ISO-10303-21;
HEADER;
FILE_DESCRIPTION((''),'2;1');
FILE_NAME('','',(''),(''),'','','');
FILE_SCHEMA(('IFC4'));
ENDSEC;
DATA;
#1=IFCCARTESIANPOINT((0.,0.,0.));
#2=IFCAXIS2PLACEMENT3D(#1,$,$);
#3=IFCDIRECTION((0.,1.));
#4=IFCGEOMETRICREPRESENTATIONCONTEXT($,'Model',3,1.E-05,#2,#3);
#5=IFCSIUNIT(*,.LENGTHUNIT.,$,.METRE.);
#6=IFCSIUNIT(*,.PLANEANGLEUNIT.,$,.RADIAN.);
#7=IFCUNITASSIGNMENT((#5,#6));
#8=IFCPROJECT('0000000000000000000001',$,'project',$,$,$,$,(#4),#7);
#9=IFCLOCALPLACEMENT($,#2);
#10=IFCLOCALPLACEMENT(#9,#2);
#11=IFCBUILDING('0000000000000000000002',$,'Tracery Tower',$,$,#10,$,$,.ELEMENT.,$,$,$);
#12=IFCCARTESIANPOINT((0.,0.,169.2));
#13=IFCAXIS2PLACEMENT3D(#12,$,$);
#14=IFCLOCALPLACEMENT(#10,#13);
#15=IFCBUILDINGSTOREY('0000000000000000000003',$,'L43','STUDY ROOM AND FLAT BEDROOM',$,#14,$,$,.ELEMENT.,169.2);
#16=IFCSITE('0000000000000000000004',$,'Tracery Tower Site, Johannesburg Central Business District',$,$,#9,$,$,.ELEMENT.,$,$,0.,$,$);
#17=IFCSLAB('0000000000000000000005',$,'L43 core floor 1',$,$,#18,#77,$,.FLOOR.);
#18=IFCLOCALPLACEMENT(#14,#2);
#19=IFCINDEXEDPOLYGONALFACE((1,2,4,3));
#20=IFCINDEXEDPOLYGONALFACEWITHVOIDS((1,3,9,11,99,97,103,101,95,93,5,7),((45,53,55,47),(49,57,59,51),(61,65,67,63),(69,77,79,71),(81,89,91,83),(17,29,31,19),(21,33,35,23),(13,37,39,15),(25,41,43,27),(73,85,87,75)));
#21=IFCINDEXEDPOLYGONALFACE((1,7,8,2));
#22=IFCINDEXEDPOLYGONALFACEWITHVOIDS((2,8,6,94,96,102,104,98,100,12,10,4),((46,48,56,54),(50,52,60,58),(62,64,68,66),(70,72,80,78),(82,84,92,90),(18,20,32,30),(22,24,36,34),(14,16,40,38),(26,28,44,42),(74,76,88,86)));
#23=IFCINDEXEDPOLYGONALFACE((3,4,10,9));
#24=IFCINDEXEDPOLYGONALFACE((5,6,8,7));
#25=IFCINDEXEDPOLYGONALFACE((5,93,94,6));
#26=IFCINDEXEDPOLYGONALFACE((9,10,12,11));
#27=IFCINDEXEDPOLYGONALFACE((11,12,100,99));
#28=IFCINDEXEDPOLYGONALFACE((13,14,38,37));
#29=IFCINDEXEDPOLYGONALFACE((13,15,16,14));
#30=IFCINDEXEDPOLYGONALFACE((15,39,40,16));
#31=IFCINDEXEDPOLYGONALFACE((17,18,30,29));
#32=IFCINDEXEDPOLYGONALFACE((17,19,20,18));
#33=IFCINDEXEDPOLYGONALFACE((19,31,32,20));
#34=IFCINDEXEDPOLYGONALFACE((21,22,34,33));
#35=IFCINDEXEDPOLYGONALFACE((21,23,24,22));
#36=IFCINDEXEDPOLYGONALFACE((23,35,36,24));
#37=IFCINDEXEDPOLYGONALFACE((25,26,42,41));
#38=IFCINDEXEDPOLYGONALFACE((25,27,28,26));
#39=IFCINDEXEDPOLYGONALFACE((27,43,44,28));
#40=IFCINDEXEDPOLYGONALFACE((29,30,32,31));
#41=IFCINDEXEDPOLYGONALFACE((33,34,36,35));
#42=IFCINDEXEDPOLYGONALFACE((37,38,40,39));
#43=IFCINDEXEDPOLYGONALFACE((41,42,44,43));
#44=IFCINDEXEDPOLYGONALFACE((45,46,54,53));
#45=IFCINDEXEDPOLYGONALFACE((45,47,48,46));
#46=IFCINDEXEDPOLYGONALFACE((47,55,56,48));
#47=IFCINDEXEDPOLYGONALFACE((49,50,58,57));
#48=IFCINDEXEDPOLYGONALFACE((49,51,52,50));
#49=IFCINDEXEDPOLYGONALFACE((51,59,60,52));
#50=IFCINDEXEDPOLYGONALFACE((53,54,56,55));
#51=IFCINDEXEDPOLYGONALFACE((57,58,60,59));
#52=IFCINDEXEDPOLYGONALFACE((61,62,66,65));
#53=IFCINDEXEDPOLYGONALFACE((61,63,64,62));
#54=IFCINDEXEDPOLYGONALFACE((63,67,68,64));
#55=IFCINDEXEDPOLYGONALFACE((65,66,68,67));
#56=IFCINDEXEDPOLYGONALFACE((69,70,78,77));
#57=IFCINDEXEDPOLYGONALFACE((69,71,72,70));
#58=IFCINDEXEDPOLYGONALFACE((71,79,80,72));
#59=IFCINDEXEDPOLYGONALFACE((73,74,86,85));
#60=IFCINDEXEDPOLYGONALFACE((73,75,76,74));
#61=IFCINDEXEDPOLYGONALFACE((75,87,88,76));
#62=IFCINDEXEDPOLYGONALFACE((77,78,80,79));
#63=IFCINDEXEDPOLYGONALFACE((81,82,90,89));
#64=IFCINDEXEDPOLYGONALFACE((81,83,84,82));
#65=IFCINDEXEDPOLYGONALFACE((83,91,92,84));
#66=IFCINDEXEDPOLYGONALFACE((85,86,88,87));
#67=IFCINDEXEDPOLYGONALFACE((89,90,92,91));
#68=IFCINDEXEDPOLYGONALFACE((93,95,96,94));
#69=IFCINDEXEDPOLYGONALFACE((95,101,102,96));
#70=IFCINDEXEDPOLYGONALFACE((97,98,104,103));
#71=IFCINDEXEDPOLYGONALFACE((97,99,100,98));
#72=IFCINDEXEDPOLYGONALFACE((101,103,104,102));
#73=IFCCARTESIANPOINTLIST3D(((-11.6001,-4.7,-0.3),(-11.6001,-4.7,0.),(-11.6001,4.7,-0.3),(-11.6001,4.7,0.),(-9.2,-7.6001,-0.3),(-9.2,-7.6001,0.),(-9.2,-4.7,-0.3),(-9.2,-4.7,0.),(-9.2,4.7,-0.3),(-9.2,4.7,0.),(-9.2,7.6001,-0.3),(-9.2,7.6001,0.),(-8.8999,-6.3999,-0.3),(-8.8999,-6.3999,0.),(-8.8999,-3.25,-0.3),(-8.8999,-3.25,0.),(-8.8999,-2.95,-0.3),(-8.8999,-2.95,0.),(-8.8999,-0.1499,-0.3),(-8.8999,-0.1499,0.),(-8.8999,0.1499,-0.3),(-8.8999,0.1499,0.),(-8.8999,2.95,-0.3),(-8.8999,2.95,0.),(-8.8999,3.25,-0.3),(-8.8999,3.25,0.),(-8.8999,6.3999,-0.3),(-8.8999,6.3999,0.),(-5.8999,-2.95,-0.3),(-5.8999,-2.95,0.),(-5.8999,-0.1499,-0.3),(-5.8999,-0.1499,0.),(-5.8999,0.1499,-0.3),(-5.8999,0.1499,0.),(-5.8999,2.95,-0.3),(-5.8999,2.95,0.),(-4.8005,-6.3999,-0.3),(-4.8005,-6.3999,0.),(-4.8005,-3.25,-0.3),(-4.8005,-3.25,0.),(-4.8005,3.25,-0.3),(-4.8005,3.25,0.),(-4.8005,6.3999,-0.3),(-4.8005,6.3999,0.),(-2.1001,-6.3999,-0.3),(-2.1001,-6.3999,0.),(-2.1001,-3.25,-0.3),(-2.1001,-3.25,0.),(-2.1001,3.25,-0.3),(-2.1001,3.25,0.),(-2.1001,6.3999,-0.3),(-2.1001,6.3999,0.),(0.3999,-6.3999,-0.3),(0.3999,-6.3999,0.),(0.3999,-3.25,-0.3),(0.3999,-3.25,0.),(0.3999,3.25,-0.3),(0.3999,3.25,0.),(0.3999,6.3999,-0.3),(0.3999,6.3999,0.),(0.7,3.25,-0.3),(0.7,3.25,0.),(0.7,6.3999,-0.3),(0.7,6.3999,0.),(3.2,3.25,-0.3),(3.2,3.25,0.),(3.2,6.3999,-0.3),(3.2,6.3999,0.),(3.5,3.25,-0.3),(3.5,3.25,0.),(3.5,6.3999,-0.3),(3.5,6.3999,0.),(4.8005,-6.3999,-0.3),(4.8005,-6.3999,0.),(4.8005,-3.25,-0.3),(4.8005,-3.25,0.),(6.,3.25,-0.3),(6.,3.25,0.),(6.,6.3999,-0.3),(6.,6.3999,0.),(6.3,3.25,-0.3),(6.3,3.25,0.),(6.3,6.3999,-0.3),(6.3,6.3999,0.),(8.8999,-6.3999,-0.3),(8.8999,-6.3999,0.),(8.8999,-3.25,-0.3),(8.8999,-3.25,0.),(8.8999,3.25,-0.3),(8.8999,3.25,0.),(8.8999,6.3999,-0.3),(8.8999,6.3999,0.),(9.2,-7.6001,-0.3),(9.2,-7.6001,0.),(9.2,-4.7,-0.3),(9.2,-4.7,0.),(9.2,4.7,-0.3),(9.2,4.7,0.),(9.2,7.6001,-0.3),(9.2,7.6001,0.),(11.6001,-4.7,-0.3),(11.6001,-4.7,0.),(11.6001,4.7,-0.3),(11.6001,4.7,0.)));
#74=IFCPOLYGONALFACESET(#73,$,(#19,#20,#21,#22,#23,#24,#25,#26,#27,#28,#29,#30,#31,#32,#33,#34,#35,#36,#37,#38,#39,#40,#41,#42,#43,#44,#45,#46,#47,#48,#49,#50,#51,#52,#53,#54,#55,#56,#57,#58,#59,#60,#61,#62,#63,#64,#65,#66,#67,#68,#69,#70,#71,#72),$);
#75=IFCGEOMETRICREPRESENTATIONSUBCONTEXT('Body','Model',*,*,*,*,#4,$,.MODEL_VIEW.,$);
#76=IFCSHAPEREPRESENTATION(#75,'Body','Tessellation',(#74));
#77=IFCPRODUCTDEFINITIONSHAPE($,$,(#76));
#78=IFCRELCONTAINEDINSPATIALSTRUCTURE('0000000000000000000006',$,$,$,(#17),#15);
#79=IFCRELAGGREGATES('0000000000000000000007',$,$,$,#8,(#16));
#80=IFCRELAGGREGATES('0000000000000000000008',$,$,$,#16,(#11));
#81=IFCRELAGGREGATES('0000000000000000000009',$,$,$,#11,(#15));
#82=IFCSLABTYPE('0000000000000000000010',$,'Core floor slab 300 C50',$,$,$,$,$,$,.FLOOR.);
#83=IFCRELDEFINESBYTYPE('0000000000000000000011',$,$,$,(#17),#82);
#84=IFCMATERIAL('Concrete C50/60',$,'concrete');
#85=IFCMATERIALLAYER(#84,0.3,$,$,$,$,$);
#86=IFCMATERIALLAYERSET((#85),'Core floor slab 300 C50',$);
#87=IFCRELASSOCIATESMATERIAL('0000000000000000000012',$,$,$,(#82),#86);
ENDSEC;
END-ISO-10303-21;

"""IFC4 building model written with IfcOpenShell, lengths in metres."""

from ifc_helpers import new_model, si_unit, direction, frame, origin, place, context, subcontext, project, spatial, polyline, outline, extrude, material, layer, layer_set, type_object, element, save


model = new_model("IFC4")

# Units and contexts
model_context = context("Model", 3, precision=1e-05, world=origin(), true_north=direction((0.0, 1.0)))
body_context = subcontext(model_context, "Body", "Model", "MODEL_VIEW")
ifc_project = project(units=[si_unit("LENGTHUNIT", "METRE"), si_unit("PLANEANGLEUNIT", "RADIAN")], contexts=[model_context])

# Site, building, storey
site_placement = place(None, origin())
site = spatial("IfcSite", under=ifc_project, at=site_placement, Name="Tracery Tower Site, Johannesburg Central Business District", CompositionType="ELEMENT", RefElevation=0.0)
building_placement = place(site_placement, origin())
building = spatial("IfcBuilding", under=site, at=building_placement, Name="Tracery Tower", CompositionType="ELEMENT")
storey_placement = place(building_placement, frame((0.0, 0.0, 169.2)))
storey = spatial("IfcBuildingStorey", under=building, at=storey_placement, Name="L43", Description="STUDY ROOM AND FLAT BEDROOM", CompositionType="ELEMENT", Elevation=169.2)

# Slab
ifc_material_1 = material(Name="Concrete C50/60", Category="concrete")
ifc_layer_1 = layer(ifc_material_1, 0.3)
ifc_layer_set_1 = layer_set([ifc_layer_1], Name="Core floor slab 300 C50")
slab_type_1 = type_object("IfcSlabType", Name="Core floor slab 300 C50", PredefinedType="FLOOR", material=ifc_layer_set_1)
slab_1_placement = place(storey_placement, frame((0.0, 0.0, -0.3)))
element("IfcSlab", 1, at=slab_1_placement, inside=storey, type_object=slab_type_1, Name="L43 core floor 1", PredefinedType="FLOOR", context=body_context, shape_type="SweptSolid", body=[
    extrude(outline(polyline([(-9.2, 7.6001), (9.2, 7.6001), (9.2, 4.7), (11.6001, 4.7), (11.6001, -4.7), (9.2, -4.7), (9.2, -7.6001), (-9.2, -7.6001), (-9.2, -4.7), (-11.6001, -4.7), (-11.6001, 4.7), (-9.2, 4.7), (-9.2, 7.6001)]), holes=[polyline([(4.8005, -6.3999), (8.8999, -6.3999), (8.8999, -3.25), (4.8005, -3.25), (4.8005, -6.3999)]), polyline([(8.8999, 3.25), (8.8999, 6.3999), (6.3, 6.3999), (6.3, 3.25), (8.8999, 3.25)]), polyline([(6.0, 3.25), (6.0, 6.3999), (3.5, 6.3999), (3.5, 3.25), (6.0, 3.25)]), polyline([(3.2, 3.25), (3.2, 6.3999), (0.7, 6.3999), (0.7, 3.25), (3.2, 3.25)]), polyline([(-2.1001, 3.25), (0.3999, 3.25), (0.3999, 6.3999), (-2.1001, 6.3999), (-2.1001, 3.25)]), polyline([(0.3999, -6.3999), (0.3999, -3.25), (-2.1001, -3.25), (-2.1001, -6.3999), (0.3999, -6.3999)]), polyline([(-4.8005, -3.25), (-8.8999, -3.25), (-8.8999, -6.3999), (-4.8005, -6.3999), (-4.8005, -3.25)]), polyline([(-4.8005, 6.3999), (-8.8999, 6.3999), (-8.8999, 3.25), (-4.8005, 3.25), (-4.8005, 6.3999)]), polyline([(-5.8999, -2.95), (-5.8999, -0.1499), (-8.8999, -0.1499), (-8.8999, -2.95), (-5.8999, -2.95)]), polyline([(-5.8999, 0.1499), (-5.8999, 2.95), (-8.8999, 2.95), (-8.8999, 0.1499), (-5.8999, 0.1499)])]), origin(), (0.0, 0.0, 1.0), 0.3),
])

save(model, "model.ifc")
